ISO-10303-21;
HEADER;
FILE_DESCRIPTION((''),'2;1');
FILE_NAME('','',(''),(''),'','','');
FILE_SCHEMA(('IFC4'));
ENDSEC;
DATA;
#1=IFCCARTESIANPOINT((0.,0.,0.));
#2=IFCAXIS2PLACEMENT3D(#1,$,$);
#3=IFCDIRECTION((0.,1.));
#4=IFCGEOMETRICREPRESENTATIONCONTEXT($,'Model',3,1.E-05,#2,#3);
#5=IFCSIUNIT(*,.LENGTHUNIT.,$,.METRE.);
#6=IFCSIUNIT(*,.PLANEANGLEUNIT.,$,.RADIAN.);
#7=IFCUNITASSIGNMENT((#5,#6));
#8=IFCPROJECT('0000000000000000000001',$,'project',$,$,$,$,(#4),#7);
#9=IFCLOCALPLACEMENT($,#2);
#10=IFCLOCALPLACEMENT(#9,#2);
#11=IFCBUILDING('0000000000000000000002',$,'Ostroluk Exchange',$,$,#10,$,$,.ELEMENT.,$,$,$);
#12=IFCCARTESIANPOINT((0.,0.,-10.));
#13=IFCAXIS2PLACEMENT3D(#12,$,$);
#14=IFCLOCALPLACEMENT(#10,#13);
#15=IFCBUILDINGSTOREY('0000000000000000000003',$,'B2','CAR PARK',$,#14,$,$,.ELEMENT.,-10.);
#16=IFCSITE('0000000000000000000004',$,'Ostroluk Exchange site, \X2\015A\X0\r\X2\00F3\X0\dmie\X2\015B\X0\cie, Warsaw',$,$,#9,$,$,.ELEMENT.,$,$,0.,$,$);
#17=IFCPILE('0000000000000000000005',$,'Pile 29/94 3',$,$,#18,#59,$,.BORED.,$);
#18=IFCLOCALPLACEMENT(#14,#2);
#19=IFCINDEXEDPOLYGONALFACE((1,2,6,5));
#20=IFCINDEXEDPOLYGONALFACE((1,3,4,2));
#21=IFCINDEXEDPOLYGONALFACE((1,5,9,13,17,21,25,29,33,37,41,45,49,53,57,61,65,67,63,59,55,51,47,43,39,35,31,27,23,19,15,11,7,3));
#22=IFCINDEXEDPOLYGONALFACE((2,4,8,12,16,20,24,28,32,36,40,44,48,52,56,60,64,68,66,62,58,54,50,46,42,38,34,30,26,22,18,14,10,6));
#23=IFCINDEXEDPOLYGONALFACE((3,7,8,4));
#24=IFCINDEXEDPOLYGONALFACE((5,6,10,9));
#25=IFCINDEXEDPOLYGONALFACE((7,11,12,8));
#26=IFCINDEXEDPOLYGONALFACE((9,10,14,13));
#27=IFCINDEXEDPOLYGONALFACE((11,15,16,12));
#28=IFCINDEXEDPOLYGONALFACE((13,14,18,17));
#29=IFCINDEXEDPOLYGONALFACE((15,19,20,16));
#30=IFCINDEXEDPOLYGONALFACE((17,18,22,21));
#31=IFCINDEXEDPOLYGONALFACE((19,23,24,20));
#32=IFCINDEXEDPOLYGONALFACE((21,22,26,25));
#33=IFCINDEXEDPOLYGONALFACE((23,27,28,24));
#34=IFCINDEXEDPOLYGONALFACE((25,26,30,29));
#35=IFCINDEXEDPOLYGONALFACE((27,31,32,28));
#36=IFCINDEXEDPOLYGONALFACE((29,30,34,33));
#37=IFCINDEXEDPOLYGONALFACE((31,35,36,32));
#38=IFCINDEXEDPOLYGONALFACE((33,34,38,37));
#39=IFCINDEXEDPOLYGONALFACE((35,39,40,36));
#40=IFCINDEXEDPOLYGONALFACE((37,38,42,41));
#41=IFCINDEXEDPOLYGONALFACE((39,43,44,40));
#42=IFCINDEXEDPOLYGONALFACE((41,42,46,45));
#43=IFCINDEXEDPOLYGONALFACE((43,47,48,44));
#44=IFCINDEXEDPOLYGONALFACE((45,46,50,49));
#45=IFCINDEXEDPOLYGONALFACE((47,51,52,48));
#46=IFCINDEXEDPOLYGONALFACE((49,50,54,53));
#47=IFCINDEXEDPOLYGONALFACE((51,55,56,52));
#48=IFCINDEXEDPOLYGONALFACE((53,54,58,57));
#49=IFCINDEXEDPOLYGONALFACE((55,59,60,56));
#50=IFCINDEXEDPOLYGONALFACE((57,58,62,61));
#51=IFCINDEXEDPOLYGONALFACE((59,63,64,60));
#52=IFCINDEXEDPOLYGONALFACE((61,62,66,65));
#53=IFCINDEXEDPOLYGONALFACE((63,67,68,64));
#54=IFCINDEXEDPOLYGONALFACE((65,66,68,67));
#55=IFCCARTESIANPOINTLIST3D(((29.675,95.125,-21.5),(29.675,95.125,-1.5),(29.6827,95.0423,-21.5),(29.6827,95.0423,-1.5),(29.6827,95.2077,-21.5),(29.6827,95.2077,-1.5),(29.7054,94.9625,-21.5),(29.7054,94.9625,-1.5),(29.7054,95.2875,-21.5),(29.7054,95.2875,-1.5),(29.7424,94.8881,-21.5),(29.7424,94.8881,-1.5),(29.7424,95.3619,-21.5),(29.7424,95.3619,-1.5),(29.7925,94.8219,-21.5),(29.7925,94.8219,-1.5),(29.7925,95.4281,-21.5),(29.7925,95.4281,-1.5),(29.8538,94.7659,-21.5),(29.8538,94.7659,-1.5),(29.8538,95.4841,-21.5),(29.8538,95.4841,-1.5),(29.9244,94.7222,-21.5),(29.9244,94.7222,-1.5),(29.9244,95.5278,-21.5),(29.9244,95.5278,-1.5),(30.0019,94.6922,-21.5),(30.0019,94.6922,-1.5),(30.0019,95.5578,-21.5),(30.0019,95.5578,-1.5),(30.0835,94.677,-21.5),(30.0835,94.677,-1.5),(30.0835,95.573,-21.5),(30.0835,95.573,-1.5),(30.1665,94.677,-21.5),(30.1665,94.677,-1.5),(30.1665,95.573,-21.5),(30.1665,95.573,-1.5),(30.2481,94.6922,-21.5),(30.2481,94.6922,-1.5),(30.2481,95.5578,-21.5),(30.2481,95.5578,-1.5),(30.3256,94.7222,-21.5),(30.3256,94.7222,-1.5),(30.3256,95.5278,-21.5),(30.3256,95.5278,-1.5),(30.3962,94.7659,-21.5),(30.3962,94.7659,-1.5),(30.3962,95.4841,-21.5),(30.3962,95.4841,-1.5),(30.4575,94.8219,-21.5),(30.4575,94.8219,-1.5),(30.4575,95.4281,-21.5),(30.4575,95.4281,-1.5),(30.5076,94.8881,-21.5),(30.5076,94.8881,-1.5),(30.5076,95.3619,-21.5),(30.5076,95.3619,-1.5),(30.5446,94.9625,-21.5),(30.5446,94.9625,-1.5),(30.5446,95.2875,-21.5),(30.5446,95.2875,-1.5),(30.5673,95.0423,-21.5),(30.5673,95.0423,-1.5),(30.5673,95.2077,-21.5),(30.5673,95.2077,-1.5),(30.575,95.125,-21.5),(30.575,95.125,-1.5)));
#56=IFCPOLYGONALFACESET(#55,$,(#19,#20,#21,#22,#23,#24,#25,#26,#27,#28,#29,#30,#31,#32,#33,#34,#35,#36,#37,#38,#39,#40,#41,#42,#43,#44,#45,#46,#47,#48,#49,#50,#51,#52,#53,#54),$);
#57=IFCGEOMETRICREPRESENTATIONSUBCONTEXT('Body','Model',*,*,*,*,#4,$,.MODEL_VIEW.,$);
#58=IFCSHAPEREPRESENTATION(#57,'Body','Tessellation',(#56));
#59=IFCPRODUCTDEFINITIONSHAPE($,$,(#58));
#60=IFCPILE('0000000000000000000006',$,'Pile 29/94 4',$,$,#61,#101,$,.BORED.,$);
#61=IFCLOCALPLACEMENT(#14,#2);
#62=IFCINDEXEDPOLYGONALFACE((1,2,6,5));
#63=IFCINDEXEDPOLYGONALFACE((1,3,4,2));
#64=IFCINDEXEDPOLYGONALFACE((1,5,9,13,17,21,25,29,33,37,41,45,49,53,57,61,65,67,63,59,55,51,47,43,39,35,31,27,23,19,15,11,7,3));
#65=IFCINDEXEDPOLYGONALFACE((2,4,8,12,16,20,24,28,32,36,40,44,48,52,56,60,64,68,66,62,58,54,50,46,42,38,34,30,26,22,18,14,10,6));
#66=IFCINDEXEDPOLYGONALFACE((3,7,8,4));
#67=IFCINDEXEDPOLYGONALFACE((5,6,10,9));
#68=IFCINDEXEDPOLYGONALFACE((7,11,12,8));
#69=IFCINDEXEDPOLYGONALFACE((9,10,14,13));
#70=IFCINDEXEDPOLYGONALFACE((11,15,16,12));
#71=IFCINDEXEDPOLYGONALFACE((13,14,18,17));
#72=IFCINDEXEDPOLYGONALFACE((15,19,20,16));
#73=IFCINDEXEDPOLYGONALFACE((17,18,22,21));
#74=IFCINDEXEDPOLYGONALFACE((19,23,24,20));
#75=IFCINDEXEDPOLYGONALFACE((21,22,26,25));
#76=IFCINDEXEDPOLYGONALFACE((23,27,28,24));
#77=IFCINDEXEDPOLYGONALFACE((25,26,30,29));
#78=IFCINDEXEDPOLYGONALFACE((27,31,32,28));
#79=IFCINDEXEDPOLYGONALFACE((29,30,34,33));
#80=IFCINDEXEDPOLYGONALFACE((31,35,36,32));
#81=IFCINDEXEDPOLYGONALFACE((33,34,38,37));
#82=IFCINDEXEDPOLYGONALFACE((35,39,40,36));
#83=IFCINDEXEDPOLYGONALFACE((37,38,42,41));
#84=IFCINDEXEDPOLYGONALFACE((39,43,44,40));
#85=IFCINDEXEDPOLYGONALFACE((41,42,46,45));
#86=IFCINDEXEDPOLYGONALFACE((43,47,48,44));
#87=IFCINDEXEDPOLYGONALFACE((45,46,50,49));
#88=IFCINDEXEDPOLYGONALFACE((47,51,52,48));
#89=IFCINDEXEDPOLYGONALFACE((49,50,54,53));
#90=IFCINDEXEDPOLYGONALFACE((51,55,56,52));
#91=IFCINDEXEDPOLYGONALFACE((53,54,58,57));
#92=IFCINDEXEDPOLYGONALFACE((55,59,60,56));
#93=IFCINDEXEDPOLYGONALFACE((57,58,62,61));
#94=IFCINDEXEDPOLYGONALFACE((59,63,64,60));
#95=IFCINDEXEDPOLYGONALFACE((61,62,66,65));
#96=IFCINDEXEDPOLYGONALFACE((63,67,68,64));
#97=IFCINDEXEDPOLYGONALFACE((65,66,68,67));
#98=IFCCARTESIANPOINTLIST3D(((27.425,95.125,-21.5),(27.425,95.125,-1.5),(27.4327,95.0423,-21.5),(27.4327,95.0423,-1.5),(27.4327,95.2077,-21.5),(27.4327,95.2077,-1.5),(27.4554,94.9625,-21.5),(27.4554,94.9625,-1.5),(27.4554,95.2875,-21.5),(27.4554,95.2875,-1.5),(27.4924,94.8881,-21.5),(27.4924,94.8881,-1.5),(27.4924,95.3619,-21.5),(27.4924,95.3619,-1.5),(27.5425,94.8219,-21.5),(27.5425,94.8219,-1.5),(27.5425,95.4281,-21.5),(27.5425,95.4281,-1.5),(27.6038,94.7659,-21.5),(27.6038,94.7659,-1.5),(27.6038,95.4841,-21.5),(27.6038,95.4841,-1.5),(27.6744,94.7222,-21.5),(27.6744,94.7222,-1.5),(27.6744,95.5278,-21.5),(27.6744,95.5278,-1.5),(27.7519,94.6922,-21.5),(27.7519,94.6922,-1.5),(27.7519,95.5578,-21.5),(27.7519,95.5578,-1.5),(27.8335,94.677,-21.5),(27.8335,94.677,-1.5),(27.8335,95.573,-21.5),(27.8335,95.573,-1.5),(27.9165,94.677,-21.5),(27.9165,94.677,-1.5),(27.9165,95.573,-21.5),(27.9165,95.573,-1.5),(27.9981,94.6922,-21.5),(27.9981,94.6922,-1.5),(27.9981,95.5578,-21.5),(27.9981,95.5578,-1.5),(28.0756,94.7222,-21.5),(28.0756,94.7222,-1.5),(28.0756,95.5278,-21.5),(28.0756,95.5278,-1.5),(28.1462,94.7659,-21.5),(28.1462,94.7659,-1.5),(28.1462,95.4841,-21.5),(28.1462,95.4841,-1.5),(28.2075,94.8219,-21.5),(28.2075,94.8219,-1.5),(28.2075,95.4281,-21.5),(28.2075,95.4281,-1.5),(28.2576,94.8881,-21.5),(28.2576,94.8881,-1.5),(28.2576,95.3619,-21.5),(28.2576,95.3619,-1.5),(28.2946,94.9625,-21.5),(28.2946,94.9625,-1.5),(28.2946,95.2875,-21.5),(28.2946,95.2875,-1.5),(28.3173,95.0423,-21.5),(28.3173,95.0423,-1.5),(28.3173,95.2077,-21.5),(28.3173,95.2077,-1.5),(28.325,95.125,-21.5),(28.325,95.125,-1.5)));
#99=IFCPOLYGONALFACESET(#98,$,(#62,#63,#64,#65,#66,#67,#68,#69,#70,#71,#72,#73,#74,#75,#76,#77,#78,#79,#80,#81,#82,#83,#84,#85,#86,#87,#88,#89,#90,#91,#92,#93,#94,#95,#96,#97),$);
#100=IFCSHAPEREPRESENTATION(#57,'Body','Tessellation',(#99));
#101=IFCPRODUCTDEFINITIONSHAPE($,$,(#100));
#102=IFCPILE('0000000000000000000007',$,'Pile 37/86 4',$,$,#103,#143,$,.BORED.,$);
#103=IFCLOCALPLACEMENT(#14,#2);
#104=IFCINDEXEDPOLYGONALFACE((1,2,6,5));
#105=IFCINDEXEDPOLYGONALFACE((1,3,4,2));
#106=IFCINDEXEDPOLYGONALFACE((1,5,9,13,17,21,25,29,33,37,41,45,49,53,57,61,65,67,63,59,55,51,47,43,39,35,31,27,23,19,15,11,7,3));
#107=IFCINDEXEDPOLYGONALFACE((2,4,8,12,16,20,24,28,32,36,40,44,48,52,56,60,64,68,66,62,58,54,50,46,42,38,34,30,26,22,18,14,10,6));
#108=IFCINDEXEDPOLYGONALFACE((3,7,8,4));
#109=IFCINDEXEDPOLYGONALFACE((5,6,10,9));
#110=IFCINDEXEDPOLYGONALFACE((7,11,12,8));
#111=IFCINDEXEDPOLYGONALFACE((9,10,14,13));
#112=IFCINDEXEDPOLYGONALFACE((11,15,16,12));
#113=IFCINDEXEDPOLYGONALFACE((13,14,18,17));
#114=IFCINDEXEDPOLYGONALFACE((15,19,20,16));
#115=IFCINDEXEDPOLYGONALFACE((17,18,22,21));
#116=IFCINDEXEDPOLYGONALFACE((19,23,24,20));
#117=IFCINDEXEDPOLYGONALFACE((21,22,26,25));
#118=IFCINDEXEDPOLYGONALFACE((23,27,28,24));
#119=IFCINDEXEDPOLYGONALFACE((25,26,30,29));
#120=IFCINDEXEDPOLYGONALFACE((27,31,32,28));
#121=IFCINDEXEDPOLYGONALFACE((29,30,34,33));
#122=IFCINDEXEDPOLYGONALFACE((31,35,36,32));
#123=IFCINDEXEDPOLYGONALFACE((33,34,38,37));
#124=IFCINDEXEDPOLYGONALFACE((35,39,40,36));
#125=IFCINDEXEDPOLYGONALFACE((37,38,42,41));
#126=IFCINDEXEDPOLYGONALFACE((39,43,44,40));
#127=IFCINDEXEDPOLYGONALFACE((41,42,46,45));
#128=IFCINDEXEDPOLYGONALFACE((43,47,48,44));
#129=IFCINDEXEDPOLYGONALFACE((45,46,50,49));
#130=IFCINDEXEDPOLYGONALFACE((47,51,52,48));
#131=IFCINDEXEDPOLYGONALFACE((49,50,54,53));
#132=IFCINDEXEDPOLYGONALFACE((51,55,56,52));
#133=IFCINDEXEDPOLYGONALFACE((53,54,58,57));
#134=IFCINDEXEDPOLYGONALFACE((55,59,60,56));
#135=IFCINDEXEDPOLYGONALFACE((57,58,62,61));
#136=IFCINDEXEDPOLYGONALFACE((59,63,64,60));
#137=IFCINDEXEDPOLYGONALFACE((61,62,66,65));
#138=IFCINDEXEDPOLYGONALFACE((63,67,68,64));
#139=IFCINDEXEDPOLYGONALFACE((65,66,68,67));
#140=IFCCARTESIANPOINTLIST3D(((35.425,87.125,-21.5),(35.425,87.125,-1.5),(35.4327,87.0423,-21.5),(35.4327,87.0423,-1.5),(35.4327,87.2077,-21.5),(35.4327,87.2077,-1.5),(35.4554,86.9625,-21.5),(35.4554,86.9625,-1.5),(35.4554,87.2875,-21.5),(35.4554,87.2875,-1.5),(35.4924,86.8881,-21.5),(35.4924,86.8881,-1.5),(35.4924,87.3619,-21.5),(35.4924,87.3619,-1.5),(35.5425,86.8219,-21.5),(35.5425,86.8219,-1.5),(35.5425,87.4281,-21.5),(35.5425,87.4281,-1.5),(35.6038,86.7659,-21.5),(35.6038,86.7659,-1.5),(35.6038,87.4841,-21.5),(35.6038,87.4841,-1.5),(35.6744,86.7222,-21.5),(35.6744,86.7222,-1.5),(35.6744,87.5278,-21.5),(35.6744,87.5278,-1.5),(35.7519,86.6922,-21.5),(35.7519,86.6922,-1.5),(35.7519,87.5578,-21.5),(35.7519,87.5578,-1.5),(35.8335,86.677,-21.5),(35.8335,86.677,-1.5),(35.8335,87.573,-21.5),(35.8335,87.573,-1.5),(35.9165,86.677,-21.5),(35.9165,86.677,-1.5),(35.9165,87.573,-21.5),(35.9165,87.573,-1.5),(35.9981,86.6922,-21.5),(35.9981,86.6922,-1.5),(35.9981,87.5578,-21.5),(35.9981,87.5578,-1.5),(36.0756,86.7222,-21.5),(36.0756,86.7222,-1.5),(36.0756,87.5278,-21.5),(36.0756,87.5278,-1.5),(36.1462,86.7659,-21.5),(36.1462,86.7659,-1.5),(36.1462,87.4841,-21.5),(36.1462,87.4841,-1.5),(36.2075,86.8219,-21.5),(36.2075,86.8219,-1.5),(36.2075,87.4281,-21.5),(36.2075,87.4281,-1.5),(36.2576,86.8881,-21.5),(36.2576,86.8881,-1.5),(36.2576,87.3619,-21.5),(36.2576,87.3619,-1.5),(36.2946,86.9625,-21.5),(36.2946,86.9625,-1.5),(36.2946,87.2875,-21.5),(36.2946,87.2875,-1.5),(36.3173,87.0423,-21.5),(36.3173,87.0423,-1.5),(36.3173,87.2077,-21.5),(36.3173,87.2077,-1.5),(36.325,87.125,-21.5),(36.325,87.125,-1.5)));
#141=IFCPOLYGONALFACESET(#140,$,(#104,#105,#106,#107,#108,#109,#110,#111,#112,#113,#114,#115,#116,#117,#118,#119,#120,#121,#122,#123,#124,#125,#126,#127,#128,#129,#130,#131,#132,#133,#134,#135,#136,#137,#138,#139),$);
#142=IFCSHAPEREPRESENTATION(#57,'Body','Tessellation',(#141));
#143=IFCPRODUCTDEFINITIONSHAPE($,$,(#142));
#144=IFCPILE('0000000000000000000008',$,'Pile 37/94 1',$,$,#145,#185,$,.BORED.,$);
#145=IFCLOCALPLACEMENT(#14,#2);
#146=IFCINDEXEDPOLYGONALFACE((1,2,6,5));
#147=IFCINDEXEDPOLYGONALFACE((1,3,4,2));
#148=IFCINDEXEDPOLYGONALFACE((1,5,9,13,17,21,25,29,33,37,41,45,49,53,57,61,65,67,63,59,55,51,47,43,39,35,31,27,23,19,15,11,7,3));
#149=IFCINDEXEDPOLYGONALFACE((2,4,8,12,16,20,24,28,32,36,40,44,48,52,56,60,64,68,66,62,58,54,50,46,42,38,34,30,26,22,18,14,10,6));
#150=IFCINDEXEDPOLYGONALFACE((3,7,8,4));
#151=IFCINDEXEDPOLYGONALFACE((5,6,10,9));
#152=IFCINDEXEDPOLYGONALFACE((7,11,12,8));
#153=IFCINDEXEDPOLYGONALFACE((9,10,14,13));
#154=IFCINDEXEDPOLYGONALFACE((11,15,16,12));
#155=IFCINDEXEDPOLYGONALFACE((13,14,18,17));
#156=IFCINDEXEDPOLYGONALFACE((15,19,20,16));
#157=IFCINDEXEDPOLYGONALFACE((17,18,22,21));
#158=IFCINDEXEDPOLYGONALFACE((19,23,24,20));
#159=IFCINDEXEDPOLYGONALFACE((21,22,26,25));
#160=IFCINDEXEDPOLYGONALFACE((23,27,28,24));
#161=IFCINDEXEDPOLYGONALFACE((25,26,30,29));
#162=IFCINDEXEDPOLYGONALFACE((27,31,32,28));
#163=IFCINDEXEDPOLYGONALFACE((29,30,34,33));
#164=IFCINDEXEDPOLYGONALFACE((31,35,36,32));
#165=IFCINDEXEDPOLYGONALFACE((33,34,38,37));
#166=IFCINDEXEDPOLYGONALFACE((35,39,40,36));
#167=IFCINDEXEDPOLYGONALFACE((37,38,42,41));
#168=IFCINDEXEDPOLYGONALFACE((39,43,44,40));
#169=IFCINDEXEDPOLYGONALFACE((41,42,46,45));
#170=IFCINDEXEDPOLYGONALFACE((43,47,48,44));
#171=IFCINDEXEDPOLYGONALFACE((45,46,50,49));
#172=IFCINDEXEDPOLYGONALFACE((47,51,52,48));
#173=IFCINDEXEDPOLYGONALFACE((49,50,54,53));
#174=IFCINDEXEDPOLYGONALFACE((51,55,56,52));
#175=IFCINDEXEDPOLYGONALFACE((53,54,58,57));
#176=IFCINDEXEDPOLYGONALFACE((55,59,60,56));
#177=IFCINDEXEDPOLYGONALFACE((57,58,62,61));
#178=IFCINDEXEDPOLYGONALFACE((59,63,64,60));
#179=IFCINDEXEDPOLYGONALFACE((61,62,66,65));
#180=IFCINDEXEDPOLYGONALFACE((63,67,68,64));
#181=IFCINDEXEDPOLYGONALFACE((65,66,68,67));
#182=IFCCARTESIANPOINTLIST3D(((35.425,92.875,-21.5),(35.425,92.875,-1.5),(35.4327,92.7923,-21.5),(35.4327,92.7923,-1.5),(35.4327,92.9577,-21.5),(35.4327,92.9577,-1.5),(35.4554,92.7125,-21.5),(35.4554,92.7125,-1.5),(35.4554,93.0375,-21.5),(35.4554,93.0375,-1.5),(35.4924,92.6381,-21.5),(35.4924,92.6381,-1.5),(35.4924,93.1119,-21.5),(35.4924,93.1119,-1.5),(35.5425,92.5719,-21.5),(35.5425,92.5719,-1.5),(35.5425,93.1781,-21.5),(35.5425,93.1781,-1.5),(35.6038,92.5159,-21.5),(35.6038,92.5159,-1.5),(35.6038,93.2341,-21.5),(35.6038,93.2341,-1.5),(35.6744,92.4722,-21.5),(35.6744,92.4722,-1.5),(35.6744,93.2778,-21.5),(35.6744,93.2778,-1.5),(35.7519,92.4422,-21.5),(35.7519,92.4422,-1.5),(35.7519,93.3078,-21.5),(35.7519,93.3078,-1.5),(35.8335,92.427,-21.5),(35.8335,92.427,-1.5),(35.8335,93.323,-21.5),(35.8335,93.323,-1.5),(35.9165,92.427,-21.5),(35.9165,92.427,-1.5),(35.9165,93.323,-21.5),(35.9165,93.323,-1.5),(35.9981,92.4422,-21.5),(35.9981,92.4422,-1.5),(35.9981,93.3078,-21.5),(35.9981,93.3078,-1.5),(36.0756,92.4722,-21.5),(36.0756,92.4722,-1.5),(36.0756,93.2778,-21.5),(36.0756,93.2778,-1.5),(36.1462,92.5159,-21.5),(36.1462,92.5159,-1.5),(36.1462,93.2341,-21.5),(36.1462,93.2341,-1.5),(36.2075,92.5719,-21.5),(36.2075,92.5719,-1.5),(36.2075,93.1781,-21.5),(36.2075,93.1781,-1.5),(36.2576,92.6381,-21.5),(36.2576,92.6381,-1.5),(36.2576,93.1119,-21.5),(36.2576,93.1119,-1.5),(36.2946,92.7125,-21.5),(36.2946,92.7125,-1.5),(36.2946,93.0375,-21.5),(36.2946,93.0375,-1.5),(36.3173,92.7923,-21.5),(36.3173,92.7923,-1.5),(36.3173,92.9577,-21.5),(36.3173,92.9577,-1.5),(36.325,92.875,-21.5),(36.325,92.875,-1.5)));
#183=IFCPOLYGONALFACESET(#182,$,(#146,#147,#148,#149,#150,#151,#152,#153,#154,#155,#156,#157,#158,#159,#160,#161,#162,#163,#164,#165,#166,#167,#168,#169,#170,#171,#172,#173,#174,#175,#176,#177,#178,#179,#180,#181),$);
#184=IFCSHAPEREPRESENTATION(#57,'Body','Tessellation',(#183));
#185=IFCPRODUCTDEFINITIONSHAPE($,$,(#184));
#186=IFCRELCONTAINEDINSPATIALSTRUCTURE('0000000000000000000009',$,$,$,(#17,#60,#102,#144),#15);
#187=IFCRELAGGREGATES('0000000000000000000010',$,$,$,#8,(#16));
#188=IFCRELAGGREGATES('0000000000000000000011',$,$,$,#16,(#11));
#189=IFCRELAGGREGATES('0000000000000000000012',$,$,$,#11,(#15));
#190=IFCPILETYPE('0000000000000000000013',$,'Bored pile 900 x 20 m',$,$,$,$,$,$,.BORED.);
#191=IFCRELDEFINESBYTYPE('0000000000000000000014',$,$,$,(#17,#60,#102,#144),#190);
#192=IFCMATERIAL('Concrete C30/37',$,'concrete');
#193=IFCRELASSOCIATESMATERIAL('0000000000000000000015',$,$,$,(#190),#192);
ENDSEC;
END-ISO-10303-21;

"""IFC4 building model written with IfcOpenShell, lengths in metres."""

from ifc_helpers import new_model, si_unit, direction, frame, origin, origin_2d, place, context, subcontext, project, spatial, circle, extrude, material, type_object, element, save


model = new_model("IFC4")

# Units and contexts
model_context = context("Model", 3, precision=1e-05, world=origin(), true_north=direction((0.0, 1.0)))
body_context = subcontext(model_context, "Body", "Model", "MODEL_VIEW")
ifc_project = project(units=[si_unit("LENGTHUNIT", "METRE"), si_unit("PLANEANGLEUNIT", "RADIAN")], contexts=[model_context])

# Site, building, storey
site_placement = place(None, origin())
site = spatial("IfcSite", under=ifc_project, at=site_placement, Name="Ostroluk Exchange site, Śródmieście, Warsaw", CompositionType="ELEMENT", RefElevation=0.0)
building_placement = place(site_placement, origin())
building = spatial("IfcBuilding", under=site, at=building_placement, Name="Ostroluk Exchange", CompositionType="ELEMENT")
storey_placement = place(building_placement, frame((0.0, 0.0, -10.0)))
storey = spatial("IfcBuildingStorey", under=building, at=storey_placement, Name="B2", Description="CAR PARK", CompositionType="ELEMENT", Elevation=-10.0)

# Piles
ifc_material_1 = material(Name="Concrete C30/37", Category="concrete")
pile_type = type_object("IfcPileType", Name="Bored pile 900 x 20 m", PredefinedType="BORED", material=ifc_material_1)
for number, where, z_axis, x_axis, name in (
    (1, (30.125, 95.125, -1.5), (0.0, 0.0, -1.0), (1.0, 0.0, 0.0), "Pile 29/94 3"),
    (2, (27.875, 95.125, -1.5), (0.0, 0.0, -1.0), (1.0, 0.0, 0.0), "Pile 29/94 4"),
    (3, (35.875, 87.125, -1.5), (0.0, 0.0, -1.0), (1.0, 0.0, 0.0), "Pile 37/86 4"),
    (4, (35.875, 92.875, -1.5), (0.0, 0.0, -1.0), (1.0, 0.0, 0.0), "Pile 37/94 1"),
):
    element("IfcPile", number, at=place(storey_placement, frame(where, z_axis=z_axis, x_axis=x_axis)), inside=storey, type_object=pile_type, Name=name, PredefinedType="BORED", context=body_context, shape_type="SweptSolid", body=[
        extrude(circle(Radius=0.45, at=origin_2d()), origin(), (0.0, 0.0, 1.0), 20.0),
    ])

save(model, "model.ifc")
